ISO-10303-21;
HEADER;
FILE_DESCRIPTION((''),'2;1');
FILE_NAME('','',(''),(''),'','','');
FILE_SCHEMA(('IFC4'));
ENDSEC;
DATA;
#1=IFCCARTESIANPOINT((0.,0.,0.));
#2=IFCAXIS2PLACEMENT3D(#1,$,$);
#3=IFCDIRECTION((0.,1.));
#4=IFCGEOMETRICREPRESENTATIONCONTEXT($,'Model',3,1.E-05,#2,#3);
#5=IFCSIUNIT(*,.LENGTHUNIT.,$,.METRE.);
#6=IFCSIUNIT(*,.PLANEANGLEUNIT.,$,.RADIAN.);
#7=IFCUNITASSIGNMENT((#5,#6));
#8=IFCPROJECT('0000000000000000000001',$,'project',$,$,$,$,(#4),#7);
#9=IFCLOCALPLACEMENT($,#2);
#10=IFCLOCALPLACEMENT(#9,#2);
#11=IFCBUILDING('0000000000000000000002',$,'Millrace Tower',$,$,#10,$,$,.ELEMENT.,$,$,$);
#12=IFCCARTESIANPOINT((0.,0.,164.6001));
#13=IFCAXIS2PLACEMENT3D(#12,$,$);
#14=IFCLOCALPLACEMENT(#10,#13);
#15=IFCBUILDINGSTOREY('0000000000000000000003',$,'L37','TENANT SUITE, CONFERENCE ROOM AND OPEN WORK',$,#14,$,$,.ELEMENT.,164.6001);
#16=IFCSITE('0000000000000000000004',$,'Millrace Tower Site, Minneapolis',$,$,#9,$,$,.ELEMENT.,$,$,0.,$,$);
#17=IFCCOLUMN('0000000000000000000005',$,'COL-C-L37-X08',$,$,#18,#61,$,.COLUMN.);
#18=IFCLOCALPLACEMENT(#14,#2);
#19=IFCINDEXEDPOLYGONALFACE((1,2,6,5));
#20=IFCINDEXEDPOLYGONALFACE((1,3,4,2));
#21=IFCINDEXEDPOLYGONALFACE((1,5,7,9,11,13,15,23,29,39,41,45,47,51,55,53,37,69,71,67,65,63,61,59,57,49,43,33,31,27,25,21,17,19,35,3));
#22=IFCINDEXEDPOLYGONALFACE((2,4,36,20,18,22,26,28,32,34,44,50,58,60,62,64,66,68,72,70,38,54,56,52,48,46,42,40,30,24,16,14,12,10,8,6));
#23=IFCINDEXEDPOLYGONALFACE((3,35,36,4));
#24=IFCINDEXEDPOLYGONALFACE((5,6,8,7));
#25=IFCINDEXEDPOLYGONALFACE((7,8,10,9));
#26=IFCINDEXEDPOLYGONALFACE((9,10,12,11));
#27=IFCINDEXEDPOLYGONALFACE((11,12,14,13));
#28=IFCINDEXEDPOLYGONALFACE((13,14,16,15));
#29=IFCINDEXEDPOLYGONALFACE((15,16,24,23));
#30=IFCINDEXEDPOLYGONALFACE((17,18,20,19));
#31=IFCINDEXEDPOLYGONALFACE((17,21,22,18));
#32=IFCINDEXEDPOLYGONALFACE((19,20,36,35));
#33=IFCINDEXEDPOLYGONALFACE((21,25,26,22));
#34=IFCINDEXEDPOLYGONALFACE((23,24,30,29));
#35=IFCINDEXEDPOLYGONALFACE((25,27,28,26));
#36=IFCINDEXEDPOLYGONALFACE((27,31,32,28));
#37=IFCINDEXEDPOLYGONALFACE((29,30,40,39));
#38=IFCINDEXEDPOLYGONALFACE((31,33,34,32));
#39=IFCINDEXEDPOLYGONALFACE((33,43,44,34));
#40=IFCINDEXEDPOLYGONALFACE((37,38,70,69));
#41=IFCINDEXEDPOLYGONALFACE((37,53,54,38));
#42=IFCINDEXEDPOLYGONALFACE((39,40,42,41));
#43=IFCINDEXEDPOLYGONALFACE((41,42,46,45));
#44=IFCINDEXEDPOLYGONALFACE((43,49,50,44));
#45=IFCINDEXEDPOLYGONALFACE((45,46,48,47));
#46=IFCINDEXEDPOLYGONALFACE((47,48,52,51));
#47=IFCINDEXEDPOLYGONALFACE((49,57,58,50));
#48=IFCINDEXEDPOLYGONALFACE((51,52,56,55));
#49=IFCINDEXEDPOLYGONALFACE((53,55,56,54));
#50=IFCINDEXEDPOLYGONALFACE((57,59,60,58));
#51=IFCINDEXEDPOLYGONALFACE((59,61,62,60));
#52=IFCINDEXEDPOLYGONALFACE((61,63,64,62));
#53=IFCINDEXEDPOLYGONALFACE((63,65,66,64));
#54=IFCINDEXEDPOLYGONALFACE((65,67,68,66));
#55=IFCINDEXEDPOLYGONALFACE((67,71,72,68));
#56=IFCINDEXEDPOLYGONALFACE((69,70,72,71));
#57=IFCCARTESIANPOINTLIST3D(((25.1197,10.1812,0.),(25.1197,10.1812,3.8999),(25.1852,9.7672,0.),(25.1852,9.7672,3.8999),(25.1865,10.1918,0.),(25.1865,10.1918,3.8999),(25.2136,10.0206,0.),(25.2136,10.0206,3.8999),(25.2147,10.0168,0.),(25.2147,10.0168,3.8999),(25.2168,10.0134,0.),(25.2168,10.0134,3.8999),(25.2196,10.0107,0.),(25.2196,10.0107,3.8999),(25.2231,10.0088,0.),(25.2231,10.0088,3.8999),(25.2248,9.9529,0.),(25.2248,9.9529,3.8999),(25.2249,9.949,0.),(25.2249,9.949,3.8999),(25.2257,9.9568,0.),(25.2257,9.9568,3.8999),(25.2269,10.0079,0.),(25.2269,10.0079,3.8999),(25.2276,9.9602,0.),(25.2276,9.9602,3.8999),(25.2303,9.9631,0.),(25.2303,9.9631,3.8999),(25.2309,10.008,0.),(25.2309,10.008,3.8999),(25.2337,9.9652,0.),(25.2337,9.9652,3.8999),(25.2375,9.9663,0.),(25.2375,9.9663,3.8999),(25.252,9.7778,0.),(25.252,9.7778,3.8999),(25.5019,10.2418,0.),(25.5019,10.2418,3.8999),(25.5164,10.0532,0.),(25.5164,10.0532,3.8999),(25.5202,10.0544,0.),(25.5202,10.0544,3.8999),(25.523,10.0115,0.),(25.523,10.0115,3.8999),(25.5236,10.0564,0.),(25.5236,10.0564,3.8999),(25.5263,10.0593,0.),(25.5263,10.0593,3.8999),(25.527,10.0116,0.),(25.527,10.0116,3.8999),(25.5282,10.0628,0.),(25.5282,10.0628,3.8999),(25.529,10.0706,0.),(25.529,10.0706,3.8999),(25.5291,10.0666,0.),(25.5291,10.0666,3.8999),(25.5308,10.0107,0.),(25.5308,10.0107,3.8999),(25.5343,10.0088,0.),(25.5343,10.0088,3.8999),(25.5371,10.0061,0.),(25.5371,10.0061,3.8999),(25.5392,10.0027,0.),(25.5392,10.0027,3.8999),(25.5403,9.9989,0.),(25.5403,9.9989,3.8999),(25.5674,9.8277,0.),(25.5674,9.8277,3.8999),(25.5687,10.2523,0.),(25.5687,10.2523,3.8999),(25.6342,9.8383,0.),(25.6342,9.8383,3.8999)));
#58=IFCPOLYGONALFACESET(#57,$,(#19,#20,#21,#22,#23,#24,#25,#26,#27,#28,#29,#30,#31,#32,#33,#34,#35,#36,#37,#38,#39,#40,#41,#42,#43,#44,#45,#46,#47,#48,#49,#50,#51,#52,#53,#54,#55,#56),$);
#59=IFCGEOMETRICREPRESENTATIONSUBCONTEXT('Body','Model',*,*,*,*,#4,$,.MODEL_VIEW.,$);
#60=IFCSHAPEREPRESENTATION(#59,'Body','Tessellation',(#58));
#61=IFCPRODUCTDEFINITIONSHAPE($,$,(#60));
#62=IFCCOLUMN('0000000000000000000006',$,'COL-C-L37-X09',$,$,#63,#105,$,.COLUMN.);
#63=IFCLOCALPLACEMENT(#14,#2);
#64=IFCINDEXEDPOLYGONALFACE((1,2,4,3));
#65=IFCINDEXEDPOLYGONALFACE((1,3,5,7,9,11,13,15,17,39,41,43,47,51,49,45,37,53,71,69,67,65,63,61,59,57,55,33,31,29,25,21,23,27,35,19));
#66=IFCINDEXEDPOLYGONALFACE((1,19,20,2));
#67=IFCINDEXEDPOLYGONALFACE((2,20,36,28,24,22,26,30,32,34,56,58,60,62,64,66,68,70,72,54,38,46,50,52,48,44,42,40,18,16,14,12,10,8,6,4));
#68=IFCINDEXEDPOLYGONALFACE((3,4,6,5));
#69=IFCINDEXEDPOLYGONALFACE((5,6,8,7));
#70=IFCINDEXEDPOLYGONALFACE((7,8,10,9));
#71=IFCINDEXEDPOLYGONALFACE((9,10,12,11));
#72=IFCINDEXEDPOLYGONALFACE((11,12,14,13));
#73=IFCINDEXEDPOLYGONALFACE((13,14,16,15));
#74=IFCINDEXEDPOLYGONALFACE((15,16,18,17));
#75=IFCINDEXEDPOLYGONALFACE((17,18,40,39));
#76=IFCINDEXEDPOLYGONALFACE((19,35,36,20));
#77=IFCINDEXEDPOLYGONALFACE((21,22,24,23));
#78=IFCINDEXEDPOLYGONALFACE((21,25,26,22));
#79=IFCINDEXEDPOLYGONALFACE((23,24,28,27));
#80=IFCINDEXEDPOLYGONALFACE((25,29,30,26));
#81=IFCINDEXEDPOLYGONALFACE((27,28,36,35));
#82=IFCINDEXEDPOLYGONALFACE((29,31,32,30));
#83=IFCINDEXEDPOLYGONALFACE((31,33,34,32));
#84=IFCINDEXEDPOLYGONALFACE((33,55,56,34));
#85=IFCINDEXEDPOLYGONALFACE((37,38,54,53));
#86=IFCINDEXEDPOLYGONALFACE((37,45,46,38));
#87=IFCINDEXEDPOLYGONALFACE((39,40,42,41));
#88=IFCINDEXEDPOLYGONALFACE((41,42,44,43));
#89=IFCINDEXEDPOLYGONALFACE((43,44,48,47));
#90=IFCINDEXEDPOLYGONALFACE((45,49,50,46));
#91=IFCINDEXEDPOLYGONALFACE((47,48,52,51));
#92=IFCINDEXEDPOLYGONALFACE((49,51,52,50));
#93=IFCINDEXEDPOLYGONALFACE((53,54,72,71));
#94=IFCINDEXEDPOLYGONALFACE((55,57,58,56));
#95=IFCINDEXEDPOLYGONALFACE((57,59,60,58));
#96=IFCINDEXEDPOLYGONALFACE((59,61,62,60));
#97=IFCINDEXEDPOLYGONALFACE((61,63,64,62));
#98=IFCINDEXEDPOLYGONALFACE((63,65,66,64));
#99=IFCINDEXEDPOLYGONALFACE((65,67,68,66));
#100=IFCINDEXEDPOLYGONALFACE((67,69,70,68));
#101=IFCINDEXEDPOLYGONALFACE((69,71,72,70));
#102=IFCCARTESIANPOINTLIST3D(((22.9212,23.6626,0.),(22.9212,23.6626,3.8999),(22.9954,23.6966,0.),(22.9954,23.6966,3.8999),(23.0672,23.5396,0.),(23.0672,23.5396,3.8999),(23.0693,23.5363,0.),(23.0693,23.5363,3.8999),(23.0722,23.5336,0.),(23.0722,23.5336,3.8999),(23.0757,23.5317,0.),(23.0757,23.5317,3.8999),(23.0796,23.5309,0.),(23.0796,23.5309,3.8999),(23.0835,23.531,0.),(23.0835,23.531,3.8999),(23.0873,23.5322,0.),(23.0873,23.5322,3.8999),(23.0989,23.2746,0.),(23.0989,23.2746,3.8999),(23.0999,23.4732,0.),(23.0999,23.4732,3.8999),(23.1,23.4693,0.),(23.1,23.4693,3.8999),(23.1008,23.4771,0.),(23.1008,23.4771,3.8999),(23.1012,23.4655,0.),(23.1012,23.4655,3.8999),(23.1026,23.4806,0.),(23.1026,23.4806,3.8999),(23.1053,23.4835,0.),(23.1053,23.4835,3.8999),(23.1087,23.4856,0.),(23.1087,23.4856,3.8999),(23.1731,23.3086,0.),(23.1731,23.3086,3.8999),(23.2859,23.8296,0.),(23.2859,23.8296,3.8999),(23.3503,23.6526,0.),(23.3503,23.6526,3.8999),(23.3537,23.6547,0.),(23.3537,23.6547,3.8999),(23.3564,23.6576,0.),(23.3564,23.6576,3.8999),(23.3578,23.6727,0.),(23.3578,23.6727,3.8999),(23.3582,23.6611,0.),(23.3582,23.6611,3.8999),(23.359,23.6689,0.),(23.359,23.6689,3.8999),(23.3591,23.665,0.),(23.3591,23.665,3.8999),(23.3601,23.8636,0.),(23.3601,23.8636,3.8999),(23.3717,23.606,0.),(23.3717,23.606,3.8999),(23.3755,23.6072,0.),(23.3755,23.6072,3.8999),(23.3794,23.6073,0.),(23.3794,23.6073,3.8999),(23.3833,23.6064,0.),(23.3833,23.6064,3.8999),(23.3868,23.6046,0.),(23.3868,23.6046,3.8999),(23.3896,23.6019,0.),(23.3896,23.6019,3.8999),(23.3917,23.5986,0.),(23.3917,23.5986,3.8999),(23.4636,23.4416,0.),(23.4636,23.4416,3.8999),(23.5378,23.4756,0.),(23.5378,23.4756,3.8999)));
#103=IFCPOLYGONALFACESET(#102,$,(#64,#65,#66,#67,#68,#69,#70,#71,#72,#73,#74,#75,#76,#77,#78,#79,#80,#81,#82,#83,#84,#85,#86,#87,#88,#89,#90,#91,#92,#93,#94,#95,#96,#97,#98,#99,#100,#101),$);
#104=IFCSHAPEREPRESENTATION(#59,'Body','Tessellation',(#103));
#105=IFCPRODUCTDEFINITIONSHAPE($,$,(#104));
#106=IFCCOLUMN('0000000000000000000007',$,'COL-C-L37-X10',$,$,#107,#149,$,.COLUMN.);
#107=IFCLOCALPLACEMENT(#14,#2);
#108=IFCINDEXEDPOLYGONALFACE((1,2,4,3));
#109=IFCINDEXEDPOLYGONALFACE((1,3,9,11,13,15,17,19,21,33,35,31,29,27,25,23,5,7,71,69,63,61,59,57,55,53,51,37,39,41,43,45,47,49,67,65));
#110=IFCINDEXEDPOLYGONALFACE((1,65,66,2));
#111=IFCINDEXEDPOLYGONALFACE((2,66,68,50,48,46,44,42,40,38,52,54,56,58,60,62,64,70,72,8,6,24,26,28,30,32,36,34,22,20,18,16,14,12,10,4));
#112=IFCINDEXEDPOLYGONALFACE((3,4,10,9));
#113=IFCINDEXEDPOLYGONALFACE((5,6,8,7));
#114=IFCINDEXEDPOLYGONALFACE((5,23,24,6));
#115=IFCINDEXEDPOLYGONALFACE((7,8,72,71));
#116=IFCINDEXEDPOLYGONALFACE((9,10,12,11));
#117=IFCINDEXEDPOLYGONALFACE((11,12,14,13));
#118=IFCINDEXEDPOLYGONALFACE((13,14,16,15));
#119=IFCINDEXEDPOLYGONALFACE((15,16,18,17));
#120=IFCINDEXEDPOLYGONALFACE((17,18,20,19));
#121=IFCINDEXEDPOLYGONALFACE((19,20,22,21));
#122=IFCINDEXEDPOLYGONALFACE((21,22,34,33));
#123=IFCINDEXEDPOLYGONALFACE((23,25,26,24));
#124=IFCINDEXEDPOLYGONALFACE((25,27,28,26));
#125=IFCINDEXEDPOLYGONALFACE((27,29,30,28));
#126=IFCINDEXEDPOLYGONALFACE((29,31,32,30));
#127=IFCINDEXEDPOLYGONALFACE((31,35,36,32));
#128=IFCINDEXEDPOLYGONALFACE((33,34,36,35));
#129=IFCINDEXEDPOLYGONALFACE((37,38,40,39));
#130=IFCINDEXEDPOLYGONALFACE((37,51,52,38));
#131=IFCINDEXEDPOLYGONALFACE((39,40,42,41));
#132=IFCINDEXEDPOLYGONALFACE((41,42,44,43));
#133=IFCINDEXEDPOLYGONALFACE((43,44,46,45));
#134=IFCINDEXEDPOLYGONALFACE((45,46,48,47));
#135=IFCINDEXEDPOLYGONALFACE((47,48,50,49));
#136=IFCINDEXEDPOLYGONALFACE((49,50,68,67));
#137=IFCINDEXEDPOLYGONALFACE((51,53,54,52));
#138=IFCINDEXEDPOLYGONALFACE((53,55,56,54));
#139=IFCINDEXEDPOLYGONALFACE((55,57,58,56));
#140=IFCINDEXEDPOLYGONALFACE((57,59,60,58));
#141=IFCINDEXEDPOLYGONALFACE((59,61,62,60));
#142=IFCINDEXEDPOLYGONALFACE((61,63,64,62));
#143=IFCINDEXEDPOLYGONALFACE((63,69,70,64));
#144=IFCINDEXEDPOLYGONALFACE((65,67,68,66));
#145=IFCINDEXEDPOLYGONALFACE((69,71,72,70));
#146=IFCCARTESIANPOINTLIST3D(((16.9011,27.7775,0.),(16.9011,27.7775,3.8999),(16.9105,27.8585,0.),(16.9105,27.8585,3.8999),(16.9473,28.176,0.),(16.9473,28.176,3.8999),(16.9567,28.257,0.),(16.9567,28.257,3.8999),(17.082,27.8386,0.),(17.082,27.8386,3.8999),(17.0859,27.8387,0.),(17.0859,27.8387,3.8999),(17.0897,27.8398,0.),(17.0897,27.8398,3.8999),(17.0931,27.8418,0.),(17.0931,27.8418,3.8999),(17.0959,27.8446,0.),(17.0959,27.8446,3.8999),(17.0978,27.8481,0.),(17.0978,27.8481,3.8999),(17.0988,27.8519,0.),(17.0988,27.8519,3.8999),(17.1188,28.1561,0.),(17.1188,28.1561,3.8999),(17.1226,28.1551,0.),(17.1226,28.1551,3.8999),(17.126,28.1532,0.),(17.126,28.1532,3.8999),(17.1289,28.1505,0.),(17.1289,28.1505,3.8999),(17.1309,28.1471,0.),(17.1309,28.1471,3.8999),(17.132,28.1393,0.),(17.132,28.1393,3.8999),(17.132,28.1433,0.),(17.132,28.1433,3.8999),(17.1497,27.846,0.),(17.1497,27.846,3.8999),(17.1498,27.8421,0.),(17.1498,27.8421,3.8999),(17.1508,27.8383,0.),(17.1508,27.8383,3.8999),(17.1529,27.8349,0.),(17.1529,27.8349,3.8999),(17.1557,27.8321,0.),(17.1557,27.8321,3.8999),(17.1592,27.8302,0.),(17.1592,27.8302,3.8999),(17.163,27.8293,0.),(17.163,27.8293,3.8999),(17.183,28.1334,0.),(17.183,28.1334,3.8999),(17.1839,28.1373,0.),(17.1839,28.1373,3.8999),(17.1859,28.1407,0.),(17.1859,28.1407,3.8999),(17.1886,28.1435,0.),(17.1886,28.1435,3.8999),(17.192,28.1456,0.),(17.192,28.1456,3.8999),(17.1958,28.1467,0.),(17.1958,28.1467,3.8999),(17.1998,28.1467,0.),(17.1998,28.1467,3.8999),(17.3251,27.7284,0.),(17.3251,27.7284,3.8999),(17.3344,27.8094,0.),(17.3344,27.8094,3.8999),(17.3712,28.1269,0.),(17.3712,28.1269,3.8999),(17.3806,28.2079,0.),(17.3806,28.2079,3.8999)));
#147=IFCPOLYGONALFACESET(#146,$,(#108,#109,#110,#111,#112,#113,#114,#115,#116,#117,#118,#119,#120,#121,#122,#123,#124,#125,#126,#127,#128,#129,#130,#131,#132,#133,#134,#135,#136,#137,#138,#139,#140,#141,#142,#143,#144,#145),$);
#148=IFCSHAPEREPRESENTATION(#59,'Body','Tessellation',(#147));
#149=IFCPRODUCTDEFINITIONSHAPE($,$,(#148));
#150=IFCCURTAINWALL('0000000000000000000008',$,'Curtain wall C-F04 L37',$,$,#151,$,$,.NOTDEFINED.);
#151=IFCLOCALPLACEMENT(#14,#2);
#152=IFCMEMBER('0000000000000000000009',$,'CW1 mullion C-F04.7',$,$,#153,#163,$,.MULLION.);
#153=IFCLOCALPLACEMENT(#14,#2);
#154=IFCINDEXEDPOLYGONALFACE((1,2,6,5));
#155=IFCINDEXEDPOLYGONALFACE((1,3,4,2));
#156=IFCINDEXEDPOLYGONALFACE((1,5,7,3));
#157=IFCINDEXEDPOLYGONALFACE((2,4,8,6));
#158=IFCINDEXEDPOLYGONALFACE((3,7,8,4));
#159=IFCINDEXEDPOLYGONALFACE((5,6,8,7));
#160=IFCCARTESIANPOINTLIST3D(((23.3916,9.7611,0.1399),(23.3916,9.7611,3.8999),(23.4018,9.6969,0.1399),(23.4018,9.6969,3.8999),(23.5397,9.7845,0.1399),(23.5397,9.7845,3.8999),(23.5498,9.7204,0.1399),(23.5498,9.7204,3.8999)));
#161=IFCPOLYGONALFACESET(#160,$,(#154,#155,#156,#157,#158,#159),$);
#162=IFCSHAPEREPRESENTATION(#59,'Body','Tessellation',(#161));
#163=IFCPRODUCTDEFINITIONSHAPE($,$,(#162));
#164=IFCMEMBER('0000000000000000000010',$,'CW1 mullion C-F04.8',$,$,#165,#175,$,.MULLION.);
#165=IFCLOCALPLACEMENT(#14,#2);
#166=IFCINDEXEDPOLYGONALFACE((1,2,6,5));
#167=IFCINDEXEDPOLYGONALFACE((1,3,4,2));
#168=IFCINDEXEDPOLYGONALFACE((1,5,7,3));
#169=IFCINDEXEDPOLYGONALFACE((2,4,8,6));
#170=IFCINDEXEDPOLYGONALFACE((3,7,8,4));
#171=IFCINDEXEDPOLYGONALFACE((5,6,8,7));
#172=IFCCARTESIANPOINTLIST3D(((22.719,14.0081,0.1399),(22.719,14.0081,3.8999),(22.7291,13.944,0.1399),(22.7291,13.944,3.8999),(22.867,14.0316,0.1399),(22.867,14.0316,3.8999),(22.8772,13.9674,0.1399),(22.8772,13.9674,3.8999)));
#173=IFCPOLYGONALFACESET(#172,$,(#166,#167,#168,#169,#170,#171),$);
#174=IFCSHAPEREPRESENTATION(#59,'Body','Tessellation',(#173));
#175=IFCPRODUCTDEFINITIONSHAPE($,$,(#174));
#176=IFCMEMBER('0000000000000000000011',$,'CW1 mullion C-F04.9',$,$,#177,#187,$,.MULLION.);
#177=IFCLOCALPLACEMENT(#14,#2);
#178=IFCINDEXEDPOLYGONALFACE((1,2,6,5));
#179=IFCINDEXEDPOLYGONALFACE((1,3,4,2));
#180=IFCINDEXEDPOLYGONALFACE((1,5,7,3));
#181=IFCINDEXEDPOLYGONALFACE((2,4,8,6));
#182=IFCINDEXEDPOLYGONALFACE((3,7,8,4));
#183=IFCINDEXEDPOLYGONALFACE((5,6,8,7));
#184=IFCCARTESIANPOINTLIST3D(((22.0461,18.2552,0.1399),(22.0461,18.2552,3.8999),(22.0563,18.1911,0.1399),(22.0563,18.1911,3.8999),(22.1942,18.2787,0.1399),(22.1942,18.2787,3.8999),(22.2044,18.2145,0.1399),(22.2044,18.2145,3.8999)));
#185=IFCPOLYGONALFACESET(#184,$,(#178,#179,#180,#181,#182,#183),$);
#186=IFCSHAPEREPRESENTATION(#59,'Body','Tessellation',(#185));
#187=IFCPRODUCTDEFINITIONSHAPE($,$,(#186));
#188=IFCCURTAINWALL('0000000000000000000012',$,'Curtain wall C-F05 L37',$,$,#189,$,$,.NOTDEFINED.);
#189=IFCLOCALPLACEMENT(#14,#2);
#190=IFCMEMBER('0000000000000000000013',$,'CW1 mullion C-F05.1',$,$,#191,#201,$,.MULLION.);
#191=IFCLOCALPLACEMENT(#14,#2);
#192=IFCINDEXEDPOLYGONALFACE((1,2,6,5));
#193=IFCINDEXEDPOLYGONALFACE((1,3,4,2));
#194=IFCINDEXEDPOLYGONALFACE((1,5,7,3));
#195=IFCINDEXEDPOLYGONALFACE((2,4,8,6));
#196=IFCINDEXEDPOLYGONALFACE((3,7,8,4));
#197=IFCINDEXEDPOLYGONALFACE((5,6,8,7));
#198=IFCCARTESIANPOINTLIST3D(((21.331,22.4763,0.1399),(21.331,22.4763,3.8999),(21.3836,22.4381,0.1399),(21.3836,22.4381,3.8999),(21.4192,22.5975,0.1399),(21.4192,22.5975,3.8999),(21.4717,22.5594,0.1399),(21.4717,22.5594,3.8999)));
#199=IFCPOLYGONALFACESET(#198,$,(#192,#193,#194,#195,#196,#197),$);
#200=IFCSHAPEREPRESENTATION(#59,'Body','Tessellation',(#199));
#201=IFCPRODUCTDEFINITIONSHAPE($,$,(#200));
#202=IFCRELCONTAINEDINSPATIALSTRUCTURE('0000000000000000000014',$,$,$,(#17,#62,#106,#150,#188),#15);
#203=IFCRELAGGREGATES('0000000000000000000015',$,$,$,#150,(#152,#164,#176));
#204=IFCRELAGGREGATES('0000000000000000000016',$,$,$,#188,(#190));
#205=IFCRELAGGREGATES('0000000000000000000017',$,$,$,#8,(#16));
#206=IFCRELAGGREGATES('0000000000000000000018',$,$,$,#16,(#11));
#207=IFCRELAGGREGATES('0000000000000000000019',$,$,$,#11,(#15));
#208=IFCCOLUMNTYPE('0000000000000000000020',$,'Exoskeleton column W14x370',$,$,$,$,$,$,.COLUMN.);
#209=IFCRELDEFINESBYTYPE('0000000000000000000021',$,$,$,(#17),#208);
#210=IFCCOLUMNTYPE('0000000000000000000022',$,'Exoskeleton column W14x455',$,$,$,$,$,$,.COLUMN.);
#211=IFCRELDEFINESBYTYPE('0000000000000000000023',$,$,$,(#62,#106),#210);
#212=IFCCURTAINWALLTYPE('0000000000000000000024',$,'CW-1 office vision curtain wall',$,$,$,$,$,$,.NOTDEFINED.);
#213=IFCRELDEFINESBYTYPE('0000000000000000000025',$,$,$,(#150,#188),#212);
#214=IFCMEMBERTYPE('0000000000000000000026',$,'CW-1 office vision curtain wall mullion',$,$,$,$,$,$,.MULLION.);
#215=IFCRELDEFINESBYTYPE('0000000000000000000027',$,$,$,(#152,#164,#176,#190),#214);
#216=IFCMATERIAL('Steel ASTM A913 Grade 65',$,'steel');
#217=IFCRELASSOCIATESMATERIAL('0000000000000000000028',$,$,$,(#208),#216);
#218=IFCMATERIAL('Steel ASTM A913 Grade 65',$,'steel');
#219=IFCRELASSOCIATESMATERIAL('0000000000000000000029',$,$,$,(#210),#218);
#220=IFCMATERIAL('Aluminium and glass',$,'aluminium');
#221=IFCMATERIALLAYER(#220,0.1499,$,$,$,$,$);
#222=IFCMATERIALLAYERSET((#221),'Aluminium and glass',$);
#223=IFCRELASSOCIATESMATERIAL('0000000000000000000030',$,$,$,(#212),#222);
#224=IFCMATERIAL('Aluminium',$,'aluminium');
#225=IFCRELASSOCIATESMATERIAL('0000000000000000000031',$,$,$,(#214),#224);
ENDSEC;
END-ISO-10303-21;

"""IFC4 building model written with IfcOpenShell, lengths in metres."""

from ifc_helpers import new_model, si_unit, direction, frame, origin, origin_2d, place, context, subcontext, project, spatial, rectangle, i_section, extrude, material, layer, layer_set, material_profile, profile_set, type_object, element, aggregate, save


model = new_model("IFC4")

# Units and contexts
model_context = context("Model", 3, precision=1e-05, world=origin(), true_north=direction((0.0, 1.0)))
body_context = subcontext(model_context, "Body", "Model", "MODEL_VIEW")
ifc_project = project(units=[si_unit("LENGTHUNIT", "METRE"), si_unit("PLANEANGLEUNIT", "RADIAN")], contexts=[model_context])

# Site, building, storey
site_placement = place(None, origin())
site = spatial("IfcSite", under=ifc_project, at=site_placement, Name="Millrace Tower Site, Minneapolis", CompositionType="ELEMENT", RefElevation=0.0)
building_placement = place(site_placement, origin())
building = spatial("IfcBuilding", under=site, at=building_placement, Name="Millrace Tower", CompositionType="ELEMENT")
storey_placement = place(building_placement, frame((0.0, 0.0, 164.6001)))
storey = spatial("IfcBuildingStorey", under=building, at=storey_placement, Name="L37", Description="TENANT SUITE, CONFERENCE ROOM AND OPEN WORK", CompositionType="ELEMENT", Elevation=164.6001)

# Columns
ifc_material_1 = material(Name="Steel ASTM A913 Grade 65", Category="steel")
ifc_material_profile_1 = material_profile(ifc_material_1, i_section(OverallWidth=0.4192, OverallDepth=0.4546, WebThickness=0.0422, FlangeThickness=0.0676, FilletRadius=0.0151, at=origin_2d()))
ifc_profile_set_1 = profile_set([ifc_material_profile_1], Name="Steel ASTM A913 Grade 65")
column_type_1 = type_object("IfcColumnType", Name="Exoskeleton column W14x370", PredefinedType="COLUMN", material=ifc_profile_set_1)
column_placement = place(storey_placement, frame((25.377, 10.0098, 0.0), z_axis=(0.0, 0.0, 1.0), x_axis=(-0.156434, 0.987688, 0.0)))
element("IfcColumn", 1, at=column_placement, inside=storey, type_object=column_type_1, Name="COL-C-L37-X08", PredefinedType="COLUMN", context=body_context, shape_type="SweptSolid", body=[
    extrude(i_section(OverallWidth=0.4192, OverallDepth=0.4546, WebThickness=0.0422, FlangeThickness=0.0676, FilletRadius=0.0151, at=origin_2d()), origin(), (0.0, 0.0, 1.0), 3.8999),
])
ifc_material_2 = material(Name="Steel ASTM A913 Grade 65", Category="steel")
ifc_material_profile_2 = material_profile(ifc_material_2, i_section(OverallWidth=0.4268, OverallDepth=0.4827, WebThickness=0.0513, FlangeThickness=0.0815, FilletRadius=0.0151, at=origin_2d()))
ifc_profile_set_2 = profile_set([ifc_material_profile_2], Name="Steel ASTM A913 Grade 65")
column_type_2 = type_object("IfcColumnType", Name="Exoskeleton column W14x455", PredefinedType="COLUMN", material=ifc_profile_set_2)
for number, where, z_axis, x_axis, name in (
    (2, (23.2295, 23.5691, 0.0), (0.0, 0.0, 1.0), (-0.416401, 0.909181, 0.0), "COL-C-L37-X09"),
    (3, (17.1409, 27.9927, 0.0), (0.0, 0.0, 1.0), (-0.993358, 0.115069, 0.0), "COL-C-L37-X10"),
):
    element("IfcColumn", number, at=place(storey_placement, frame(where, z_axis=z_axis, x_axis=x_axis)), inside=storey, type_object=column_type_2, Name=name, PredefinedType="COLUMN", context=body_context, shape_type="SweptSolid", body=[
        extrude(i_section(OverallWidth=0.4268, OverallDepth=0.4827, WebThickness=0.0513, FlangeThickness=0.0815, FilletRadius=0.0151, at=origin_2d()), origin(), (0.0, 0.0, 1.0), 3.8999),
    ])

# Curtain wall, members
ifc_material_3 = material(Name="Aluminium and glass", Category="aluminium")
ifc_layer_1 = layer(ifc_material_3, 0.1499)
ifc_layer_set_1 = layer_set([ifc_layer_1], Name="Aluminium and glass")
curtain_wall_type = type_object("IfcCurtainWallType", Name="CW-1 office vision curtain wall", PredefinedType="NOTDEFINED", material=ifc_layer_set_1)
placement = place(storey_placement, origin())
curtain_wall_1 = element("IfcCurtainWall", 4, at=placement, inside=storey, type_object=curtain_wall_type, Name="Curtain wall C-F04 L37", PredefinedType="NOTDEFINED")
ifc_material_4 = material(Name="Aluminium", Category="aluminium")
ifc_material_profile_3 = material_profile(ifc_material_4, rectangle(XDim=0.0649, YDim=0.1499, at=origin_2d()))
ifc_profile_set_3 = profile_set([ifc_material_profile_3], Name="Aluminium")
member_type_1 = type_object("IfcMemberType", Name="CW-1 office vision curtain wall mullion", PredefinedType="MULLION", material=ifc_profile_set_3)
member_1_placement = place(storey_placement, frame((23.4707, 9.7407, 0.1399), z_axis=(0.0, 0.0, 1.0), x_axis=(-0.156434, 0.987688, 0.0)))
member_1 = element("IfcMember", 5, at=member_1_placement, type_object=member_type_1, Name="CW1 mullion C-F04.7", PredefinedType="MULLION", context=body_context, shape_type="SweptSolid", body=[
    extrude(rectangle(XDim=0.0649, YDim=0.1499, at=origin_2d()), origin(), (0.0, 0.0, 1.0), 3.76),
])
member_2_placement = place(storey_placement, frame((22.7981, 13.9878, 0.1399), z_axis=(0.0, 0.0, 1.0), x_axis=(-0.156434, 0.987688, 0.0)))
member_2 = element("IfcMember", 6, at=member_2_placement, type_object=member_type_1, Name="CW1 mullion C-F04.8", PredefinedType="MULLION", context=body_context, shape_type="SweptSolid", body=[
    extrude(rectangle(XDim=0.0649, YDim=0.1499, at=origin_2d()), origin(), (0.0, 0.0, 1.0), 3.76),
])
member_3_placement = place(storey_placement, frame((22.1252, 18.2349, 0.1399), z_axis=(0.0, 0.0, 1.0), x_axis=(-0.156434, 0.987688, 0.0)))
member_3 = element("IfcMember", 7, at=member_3_placement, type_object=member_type_1, Name="CW1 mullion C-F04.9", PredefinedType="MULLION", context=body_context, shape_type="SweptSolid", body=[
    extrude(rectangle(XDim=0.0649, YDim=0.1499, at=origin_2d()), origin(), (0.0, 0.0, 1.0), 3.76),
])
aggregate(curtain_wall_1, [member_1, member_2, member_3])

# Curtain wall, member
curtain_wall_2 = element("IfcCurtainWall", 8, at=placement, inside=storey, type_object=curtain_wall_type, Name="Curtain wall C-F05 L37", PredefinedType="NOTDEFINED")
member_4_placement = place(storey_placement, frame((21.4014, 22.5178, 0.1399), z_axis=(0.0, 0.0, 1.0), x_axis=(-0.809017, 0.587785, 0.0)))
member_4 = element("IfcMember", 9, at=member_4_placement, type_object=member_type_1, Name="CW1 mullion C-F05.1", PredefinedType="MULLION", context=body_context, shape_type="SweptSolid", body=[
    extrude(rectangle(XDim=0.0649, YDim=0.1499, at=origin_2d()), origin(), (0.0, 0.0, 1.0), 3.76),
])

aggregate(curtain_wall_2, [member_4])

save(model, "model.ifc")
